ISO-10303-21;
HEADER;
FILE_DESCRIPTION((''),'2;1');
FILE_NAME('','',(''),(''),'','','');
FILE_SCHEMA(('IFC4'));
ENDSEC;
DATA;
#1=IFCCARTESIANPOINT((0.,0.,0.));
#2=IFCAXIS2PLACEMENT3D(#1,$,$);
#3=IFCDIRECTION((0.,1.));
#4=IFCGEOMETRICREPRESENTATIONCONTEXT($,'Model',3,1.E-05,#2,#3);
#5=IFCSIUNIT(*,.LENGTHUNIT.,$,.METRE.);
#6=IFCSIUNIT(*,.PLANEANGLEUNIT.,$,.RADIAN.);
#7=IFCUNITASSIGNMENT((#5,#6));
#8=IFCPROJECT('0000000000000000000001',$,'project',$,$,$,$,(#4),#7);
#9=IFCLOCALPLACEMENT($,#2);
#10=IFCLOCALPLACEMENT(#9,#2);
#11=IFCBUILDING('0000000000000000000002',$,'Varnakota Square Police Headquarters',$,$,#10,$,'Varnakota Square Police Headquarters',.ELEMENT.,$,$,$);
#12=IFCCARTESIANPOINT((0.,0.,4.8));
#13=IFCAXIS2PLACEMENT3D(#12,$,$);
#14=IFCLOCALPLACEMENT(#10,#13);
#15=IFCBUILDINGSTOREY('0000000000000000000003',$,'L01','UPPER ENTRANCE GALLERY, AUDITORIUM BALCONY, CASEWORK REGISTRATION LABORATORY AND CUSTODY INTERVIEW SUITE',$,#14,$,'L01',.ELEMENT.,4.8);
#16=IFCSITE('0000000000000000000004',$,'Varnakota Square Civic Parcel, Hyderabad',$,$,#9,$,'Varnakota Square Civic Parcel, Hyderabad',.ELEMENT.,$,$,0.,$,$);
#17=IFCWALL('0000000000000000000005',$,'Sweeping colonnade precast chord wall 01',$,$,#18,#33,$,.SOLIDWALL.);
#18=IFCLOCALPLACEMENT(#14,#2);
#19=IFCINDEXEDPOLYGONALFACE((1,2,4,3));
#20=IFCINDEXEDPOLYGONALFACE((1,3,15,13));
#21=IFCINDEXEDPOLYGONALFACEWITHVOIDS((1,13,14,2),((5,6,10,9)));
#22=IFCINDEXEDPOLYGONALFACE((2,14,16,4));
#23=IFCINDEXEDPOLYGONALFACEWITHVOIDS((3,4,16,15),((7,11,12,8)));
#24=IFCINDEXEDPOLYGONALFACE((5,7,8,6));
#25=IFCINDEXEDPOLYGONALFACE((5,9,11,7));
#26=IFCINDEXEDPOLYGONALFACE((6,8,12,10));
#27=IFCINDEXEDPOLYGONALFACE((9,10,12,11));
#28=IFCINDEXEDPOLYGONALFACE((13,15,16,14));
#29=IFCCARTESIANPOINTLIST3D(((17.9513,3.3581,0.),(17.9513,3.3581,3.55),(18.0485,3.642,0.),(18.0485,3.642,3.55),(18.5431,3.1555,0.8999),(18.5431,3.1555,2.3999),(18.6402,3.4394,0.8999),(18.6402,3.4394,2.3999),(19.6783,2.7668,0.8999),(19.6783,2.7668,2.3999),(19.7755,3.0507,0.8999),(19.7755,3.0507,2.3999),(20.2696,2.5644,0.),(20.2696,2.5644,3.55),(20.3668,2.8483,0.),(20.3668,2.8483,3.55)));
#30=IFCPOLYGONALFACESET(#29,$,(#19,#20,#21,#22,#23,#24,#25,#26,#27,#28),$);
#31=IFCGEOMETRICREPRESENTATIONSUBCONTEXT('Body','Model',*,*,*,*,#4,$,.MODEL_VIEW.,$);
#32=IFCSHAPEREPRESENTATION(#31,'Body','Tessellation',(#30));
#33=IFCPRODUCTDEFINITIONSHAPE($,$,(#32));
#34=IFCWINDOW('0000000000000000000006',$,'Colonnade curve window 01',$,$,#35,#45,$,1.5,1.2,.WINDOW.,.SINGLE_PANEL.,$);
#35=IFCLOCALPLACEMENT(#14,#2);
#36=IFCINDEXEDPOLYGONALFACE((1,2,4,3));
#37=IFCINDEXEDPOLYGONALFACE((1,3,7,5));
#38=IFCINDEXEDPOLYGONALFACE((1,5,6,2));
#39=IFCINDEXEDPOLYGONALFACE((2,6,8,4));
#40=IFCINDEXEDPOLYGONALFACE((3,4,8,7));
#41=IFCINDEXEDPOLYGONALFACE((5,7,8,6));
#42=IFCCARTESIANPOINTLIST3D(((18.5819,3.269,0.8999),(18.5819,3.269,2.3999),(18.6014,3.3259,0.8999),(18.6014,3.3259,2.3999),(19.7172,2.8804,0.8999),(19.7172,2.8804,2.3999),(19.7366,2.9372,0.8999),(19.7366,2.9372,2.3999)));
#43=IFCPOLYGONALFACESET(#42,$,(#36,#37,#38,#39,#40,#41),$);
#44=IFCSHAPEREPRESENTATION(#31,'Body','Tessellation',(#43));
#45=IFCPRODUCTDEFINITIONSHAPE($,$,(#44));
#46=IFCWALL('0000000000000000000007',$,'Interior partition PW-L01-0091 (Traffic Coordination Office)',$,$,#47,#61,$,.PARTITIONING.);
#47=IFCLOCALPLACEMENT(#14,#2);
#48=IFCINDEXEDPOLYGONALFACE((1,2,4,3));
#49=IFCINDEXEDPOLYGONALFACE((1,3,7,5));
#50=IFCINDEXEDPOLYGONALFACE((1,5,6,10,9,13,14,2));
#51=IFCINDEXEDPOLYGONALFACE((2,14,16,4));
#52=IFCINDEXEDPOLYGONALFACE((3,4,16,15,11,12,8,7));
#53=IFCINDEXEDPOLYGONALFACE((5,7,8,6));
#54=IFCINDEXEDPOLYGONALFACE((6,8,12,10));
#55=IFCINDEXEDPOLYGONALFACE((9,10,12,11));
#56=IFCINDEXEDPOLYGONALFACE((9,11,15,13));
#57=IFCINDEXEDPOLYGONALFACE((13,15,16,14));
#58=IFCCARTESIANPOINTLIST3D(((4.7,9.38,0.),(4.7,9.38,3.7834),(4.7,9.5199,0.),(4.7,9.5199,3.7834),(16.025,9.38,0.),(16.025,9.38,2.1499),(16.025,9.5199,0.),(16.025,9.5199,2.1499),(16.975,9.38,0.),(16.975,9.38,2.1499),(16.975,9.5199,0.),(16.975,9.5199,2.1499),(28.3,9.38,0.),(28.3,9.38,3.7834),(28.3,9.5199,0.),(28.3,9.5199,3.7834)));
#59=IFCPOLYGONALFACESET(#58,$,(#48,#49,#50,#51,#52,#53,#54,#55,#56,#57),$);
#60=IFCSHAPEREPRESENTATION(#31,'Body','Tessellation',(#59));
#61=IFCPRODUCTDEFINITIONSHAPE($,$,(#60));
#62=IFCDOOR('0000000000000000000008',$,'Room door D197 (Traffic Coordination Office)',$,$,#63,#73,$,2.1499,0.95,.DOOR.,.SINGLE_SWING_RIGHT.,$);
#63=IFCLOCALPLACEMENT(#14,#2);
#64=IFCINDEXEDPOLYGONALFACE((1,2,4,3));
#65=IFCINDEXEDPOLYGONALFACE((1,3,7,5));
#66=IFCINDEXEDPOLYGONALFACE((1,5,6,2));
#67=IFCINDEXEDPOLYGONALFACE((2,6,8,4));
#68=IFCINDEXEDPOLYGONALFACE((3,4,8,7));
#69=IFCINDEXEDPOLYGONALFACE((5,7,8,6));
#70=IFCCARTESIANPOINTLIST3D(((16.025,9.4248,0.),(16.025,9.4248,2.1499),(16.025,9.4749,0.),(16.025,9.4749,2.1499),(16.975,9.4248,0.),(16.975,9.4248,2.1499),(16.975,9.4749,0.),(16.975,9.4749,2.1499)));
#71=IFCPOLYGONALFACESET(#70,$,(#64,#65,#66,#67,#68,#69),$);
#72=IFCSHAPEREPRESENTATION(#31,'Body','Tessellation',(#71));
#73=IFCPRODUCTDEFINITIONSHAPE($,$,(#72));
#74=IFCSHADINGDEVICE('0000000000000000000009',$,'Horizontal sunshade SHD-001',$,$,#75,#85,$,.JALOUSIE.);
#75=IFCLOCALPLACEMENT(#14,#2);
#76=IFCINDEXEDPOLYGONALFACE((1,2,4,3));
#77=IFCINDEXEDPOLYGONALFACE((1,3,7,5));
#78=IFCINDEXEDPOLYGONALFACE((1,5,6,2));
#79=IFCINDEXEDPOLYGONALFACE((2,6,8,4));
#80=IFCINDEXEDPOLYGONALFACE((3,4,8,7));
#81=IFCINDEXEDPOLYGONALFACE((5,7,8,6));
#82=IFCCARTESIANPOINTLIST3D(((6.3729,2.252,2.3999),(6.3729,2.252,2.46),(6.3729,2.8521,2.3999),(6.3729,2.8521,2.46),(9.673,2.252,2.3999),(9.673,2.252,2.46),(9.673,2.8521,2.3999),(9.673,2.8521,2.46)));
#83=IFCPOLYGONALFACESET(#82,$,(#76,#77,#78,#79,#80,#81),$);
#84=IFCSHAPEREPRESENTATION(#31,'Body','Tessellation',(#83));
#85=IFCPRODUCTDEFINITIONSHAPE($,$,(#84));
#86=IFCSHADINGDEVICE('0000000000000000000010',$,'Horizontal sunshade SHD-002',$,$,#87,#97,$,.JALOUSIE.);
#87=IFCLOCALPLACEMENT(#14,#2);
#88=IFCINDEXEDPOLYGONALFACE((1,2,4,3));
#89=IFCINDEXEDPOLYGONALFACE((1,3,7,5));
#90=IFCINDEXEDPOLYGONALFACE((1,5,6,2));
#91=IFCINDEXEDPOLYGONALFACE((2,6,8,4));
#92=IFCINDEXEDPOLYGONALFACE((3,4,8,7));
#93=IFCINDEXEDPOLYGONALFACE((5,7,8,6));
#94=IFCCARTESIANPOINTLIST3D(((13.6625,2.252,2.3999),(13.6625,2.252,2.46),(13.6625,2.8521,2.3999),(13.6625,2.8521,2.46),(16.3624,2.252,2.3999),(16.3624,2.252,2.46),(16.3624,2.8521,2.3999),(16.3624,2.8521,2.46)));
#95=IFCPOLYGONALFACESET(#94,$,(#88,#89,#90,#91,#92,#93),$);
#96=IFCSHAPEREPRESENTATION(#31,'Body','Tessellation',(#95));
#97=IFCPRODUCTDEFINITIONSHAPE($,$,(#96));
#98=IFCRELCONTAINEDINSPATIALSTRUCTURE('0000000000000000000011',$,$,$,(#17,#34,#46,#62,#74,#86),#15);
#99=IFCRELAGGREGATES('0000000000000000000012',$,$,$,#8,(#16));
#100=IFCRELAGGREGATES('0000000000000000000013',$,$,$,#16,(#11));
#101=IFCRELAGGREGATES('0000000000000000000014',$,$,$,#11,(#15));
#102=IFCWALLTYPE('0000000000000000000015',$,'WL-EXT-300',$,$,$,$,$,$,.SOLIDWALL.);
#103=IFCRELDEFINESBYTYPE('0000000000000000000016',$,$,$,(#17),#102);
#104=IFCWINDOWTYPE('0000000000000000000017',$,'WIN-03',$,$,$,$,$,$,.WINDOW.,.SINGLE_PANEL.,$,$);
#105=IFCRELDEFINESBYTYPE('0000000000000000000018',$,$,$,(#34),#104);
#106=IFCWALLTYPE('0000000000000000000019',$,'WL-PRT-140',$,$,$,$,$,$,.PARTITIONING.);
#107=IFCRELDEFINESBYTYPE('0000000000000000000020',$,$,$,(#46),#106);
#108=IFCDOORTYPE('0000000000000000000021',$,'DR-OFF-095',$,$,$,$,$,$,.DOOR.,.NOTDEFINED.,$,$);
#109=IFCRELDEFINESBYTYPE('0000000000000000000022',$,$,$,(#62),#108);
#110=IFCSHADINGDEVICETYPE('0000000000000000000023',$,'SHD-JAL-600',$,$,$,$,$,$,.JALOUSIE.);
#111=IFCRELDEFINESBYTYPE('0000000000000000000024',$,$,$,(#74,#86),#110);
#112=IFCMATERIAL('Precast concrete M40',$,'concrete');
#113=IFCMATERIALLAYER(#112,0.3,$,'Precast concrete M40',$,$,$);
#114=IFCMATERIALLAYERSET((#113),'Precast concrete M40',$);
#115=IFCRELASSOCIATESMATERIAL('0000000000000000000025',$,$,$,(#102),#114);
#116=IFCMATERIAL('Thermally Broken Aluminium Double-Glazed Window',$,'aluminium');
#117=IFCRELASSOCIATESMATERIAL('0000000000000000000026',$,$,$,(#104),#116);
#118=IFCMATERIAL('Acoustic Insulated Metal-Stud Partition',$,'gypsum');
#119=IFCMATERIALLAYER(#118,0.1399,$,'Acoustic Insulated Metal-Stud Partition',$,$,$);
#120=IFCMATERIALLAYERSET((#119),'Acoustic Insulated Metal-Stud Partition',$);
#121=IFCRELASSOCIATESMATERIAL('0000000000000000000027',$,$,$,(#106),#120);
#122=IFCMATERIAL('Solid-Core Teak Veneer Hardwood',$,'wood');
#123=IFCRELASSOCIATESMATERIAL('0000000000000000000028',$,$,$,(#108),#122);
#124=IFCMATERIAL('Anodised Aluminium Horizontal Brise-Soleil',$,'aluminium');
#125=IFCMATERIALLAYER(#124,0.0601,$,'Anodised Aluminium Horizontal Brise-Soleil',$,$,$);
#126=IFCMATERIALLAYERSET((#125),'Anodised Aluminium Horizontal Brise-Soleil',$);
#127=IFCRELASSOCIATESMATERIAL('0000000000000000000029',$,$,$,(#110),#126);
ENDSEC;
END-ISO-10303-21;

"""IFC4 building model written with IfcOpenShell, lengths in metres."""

from ifc_helpers import new_model, si_unit, direction, frame, frame_2d, origin, origin_2d, place, context, subcontext, project, spatial, rectangle, extrude, material, layer, layer_set, type_object, element, fill, save


model = new_model("IFC4")

# Units and contexts
model_context = context("Model", 3, precision=1e-05, world=origin(), true_north=direction((0.0, 1.0)))
body_context = subcontext(model_context, "Body", "Model", "MODEL_VIEW")
ifc_project = project(units=[si_unit("LENGTHUNIT", "METRE"), si_unit("PLANEANGLEUNIT", "RADIAN")], contexts=[model_context])

# Site, building, storey
site_placement = place(None, origin())
site = spatial("IfcSite", under=ifc_project, at=site_placement, Name="Varnakota Square Civic Parcel, Hyderabad", LongName="Varnakota Square Civic Parcel, Hyderabad", CompositionType="ELEMENT", RefElevation=0.0)
building_placement = place(site_placement, origin())
building = spatial("IfcBuilding", under=site, at=building_placement, Name="Varnakota Square Police Headquarters", LongName="Varnakota Square Police Headquarters", CompositionType="ELEMENT")
storey_placement = place(building_placement, frame((0.0, 0.0, 4.8)))
storey = spatial("IfcBuildingStorey", under=building, at=storey_placement, Name="L01", Description="UPPER ENTRANCE GALLERY, AUDITORIUM BALCONY, CASEWORK REGISTRATION LABORATORY AND CUSTODY INTERVIEW SUITE", LongName="L01", CompositionType="ELEMENT", Elevation=4.8)

# Wall, opening, window
ifc_material_1 = material(Name="Precast concrete M40", Category="concrete")
ifc_layer_1 = layer(ifc_material_1, 0.3, Name="Precast concrete M40")
ifc_layer_set_1 = layer_set([ifc_layer_1], Name="Precast concrete M40")
wall_type_1 = type_object("IfcWallType", Name="WL-EXT-300", PredefinedType="SOLIDWALL", material=ifc_layer_set_1)
ifc_material_2 = material(Name="Thermally Broken Aluminium Double-Glazed Window", Category="aluminium")
wall_1_placement = place(storey_placement, frame((18.0, 3.5, 0.0), z_axis=(0.0, 0.0, 1.0), x_axis=(0.946092, -0.323899, 0.0)))
wall_1 = element("IfcWall", 1, at=wall_1_placement, inside=storey, type_object=wall_type_1, Name="Sweeping colonnade precast chord wall 01", PredefinedType="SOLIDWALL", context=body_context, shape_type="SweptSolid", body=[
    extrude(rectangle(XDim=2.4504, YDim=0.3, at=frame_2d((1.2251, 0.0))), origin(), (0.0, 0.0, 1.0), 3.55),
])
opening_1_placement = place(wall_1_placement, frame((0.6252, 0.0, 0.8999)))
opening_1 = element("IfcOpeningElement", 2, at=opening_1_placement, cuts=wall_1, PredefinedType="OPENING", context=body_context, shape_type="SweptSolid", body=[
    extrude(rectangle(XDim=1.2, YDim=1.5, at=frame_2d((0.6001, 0.75))), frame((0.0, 0.1599, 0.0), z_axis=(0.0, -1.0, 0.0), x_axis=(1.0, 0.0, 0.0)), (0.0, 0.0, 1.0), 0.3201),
])
window_type_1 = type_object("IfcWindowType", Name="WIN-03", PartitioningType="SINGLE_PANEL", PredefinedType="WINDOW", material=ifc_material_2)
window_1_placement = place(opening_1_placement, origin())
window_1 = element("IfcWindow", 3, at=window_1_placement, inside=storey, type_object=window_type_1, Name="Colonnade curve window 01", OverallHeight=1.5, OverallWidth=1.2, PartitioningType="SINGLE_PANEL", PredefinedType="WINDOW", context=body_context, shape_type="SweptSolid", body=[
    extrude(rectangle(XDim=1.2, YDim=1.5, at=frame_2d((0.6001, 0.75))), frame((0.0, 0.03, 0.0), z_axis=(0.0, -1.0, 0.0), x_axis=(1.0, 0.0, 0.0)), (0.0, 0.0, 1.0), 0.0601),
])
fill(opening_1, window_1)

# Wall, opening, door
ifc_material_3 = material(Name="Acoustic Insulated Metal-Stud Partition", Category="gypsum")
ifc_layer_2 = layer(ifc_material_3, 0.1399, Name="Acoustic Insulated Metal-Stud Partition")
ifc_layer_set_2 = layer_set([ifc_layer_2], Name="Acoustic Insulated Metal-Stud Partition")
wall_type_2 = type_object("IfcWallType", Name="WL-PRT-140", PredefinedType="PARTITIONING", material=ifc_layer_set_2)
wall_2_placement = place(storey_placement, frame((4.7, 9.45, 0.0), z_axis=(0.0, 0.0, 1.0), x_axis=(1.0, 0.0, 0.0)))
wall_2 = element("IfcWall", 4, at=wall_2_placement, inside=storey, type_object=wall_type_2, Name="Interior partition PW-L01-0091 (Traffic Coordination Office)", PredefinedType="PARTITIONING", context=body_context, shape_type="SweptSolid", body=[
    extrude(rectangle(XDim=23.6001, YDim=0.1399, at=frame_2d((11.8, 0.0))), origin(), (0.0, 0.0, 1.0), 3.7834),
])
opening_2_placement = place(wall_2_placement, frame((11.325, 0.0, 0.0)))
opening_2 = element("IfcOpeningElement", 5, at=opening_2_placement, cuts=wall_2, PredefinedType="OPENING", context=body_context, shape_type="SweptSolid", body=[
    extrude(rectangle(XDim=0.95, YDim=2.1499, at=frame_2d((0.4751, 1.075))), frame((0.0, 0.0798, 0.0), z_axis=(0.0, -1.0, 0.0), x_axis=(1.0, 0.0, 0.0)), (0.0, 0.0, 1.0), 0.1599),
])
ifc_material_4 = material(Name="Solid-Core Teak Veneer Hardwood", Category="wood")
door_type = type_object("IfcDoorType", Name="DR-OFF-095", OperationType="NOTDEFINED", PredefinedType="DOOR", material=ifc_material_4)
door_placement = place(opening_2_placement, origin())
door = element("IfcDoor", 6, at=door_placement, inside=storey, type_object=door_type, Name="Room door D197 (Traffic Coordination Office)", OperationType="SINGLE_SWING_RIGHT", OverallHeight=2.1499, OverallWidth=0.95, PredefinedType="DOOR", context=body_context, shape_type="SweptSolid", body=[
    extrude(rectangle(XDim=0.95, YDim=2.1499, at=frame_2d((0.4751, 1.075))), frame((0.0, 0.0249, 0.0), z_axis=(0.0, -1.0, 0.0), x_axis=(1.0, 0.0, 0.0)), (0.0, 0.0, 1.0), 0.05),
])
fill(opening_2, door)

# Shading devices
ifc_material_5 = material(Name="Anodised Aluminium Horizontal Brise-Soleil", Category="aluminium")
ifc_layer_3 = layer(ifc_material_5, 0.0601, Name="Anodised Aluminium Horizontal Brise-Soleil")
ifc_layer_set_3 = layer_set([ifc_layer_3], Name="Anodised Aluminium Horizontal Brise-Soleil")
shading_device_type = type_object("IfcShadingDeviceType", Name="SHD-JAL-600", PredefinedType="JALOUSIE", material=ifc_layer_set_3)
shading_device_1_placement = place(storey_placement, frame((8.0229, 2.552, 2.3999), z_axis=(0.0, 0.0, 1.0), x_axis=(1.0, 0.0, 0.0)))
element("IfcShadingDevice", 7, at=shading_device_1_placement, inside=storey, type_object=shading_device_type, Name="Horizontal sunshade SHD-001", PredefinedType="JALOUSIE", context=body_context, shape_type="SweptSolid", body=[
    extrude(rectangle(XDim=3.3, YDim=0.6001, at=origin_2d()), origin(), (0.0, 0.0, 1.0), 0.0601),
])
shading_device_2_placement = place(storey_placement, frame((15.0125, 2.552, 2.3999), z_axis=(0.0, 0.0, 1.0), x_axis=(1.0, 0.0, 0.0)))
element("IfcShadingDevice", 8, at=shading_device_2_placement, inside=storey, type_object=shading_device_type, Name="Horizontal sunshade SHD-002", PredefinedType="JALOUSIE", context=body_context, shape_type="SweptSolid", body=[
    extrude(rectangle(XDim=2.7, YDim=0.6001, at=origin_2d()), origin(), (0.0, 0.0, 1.0), 0.0601),
])

save(model, "model.ifc")
